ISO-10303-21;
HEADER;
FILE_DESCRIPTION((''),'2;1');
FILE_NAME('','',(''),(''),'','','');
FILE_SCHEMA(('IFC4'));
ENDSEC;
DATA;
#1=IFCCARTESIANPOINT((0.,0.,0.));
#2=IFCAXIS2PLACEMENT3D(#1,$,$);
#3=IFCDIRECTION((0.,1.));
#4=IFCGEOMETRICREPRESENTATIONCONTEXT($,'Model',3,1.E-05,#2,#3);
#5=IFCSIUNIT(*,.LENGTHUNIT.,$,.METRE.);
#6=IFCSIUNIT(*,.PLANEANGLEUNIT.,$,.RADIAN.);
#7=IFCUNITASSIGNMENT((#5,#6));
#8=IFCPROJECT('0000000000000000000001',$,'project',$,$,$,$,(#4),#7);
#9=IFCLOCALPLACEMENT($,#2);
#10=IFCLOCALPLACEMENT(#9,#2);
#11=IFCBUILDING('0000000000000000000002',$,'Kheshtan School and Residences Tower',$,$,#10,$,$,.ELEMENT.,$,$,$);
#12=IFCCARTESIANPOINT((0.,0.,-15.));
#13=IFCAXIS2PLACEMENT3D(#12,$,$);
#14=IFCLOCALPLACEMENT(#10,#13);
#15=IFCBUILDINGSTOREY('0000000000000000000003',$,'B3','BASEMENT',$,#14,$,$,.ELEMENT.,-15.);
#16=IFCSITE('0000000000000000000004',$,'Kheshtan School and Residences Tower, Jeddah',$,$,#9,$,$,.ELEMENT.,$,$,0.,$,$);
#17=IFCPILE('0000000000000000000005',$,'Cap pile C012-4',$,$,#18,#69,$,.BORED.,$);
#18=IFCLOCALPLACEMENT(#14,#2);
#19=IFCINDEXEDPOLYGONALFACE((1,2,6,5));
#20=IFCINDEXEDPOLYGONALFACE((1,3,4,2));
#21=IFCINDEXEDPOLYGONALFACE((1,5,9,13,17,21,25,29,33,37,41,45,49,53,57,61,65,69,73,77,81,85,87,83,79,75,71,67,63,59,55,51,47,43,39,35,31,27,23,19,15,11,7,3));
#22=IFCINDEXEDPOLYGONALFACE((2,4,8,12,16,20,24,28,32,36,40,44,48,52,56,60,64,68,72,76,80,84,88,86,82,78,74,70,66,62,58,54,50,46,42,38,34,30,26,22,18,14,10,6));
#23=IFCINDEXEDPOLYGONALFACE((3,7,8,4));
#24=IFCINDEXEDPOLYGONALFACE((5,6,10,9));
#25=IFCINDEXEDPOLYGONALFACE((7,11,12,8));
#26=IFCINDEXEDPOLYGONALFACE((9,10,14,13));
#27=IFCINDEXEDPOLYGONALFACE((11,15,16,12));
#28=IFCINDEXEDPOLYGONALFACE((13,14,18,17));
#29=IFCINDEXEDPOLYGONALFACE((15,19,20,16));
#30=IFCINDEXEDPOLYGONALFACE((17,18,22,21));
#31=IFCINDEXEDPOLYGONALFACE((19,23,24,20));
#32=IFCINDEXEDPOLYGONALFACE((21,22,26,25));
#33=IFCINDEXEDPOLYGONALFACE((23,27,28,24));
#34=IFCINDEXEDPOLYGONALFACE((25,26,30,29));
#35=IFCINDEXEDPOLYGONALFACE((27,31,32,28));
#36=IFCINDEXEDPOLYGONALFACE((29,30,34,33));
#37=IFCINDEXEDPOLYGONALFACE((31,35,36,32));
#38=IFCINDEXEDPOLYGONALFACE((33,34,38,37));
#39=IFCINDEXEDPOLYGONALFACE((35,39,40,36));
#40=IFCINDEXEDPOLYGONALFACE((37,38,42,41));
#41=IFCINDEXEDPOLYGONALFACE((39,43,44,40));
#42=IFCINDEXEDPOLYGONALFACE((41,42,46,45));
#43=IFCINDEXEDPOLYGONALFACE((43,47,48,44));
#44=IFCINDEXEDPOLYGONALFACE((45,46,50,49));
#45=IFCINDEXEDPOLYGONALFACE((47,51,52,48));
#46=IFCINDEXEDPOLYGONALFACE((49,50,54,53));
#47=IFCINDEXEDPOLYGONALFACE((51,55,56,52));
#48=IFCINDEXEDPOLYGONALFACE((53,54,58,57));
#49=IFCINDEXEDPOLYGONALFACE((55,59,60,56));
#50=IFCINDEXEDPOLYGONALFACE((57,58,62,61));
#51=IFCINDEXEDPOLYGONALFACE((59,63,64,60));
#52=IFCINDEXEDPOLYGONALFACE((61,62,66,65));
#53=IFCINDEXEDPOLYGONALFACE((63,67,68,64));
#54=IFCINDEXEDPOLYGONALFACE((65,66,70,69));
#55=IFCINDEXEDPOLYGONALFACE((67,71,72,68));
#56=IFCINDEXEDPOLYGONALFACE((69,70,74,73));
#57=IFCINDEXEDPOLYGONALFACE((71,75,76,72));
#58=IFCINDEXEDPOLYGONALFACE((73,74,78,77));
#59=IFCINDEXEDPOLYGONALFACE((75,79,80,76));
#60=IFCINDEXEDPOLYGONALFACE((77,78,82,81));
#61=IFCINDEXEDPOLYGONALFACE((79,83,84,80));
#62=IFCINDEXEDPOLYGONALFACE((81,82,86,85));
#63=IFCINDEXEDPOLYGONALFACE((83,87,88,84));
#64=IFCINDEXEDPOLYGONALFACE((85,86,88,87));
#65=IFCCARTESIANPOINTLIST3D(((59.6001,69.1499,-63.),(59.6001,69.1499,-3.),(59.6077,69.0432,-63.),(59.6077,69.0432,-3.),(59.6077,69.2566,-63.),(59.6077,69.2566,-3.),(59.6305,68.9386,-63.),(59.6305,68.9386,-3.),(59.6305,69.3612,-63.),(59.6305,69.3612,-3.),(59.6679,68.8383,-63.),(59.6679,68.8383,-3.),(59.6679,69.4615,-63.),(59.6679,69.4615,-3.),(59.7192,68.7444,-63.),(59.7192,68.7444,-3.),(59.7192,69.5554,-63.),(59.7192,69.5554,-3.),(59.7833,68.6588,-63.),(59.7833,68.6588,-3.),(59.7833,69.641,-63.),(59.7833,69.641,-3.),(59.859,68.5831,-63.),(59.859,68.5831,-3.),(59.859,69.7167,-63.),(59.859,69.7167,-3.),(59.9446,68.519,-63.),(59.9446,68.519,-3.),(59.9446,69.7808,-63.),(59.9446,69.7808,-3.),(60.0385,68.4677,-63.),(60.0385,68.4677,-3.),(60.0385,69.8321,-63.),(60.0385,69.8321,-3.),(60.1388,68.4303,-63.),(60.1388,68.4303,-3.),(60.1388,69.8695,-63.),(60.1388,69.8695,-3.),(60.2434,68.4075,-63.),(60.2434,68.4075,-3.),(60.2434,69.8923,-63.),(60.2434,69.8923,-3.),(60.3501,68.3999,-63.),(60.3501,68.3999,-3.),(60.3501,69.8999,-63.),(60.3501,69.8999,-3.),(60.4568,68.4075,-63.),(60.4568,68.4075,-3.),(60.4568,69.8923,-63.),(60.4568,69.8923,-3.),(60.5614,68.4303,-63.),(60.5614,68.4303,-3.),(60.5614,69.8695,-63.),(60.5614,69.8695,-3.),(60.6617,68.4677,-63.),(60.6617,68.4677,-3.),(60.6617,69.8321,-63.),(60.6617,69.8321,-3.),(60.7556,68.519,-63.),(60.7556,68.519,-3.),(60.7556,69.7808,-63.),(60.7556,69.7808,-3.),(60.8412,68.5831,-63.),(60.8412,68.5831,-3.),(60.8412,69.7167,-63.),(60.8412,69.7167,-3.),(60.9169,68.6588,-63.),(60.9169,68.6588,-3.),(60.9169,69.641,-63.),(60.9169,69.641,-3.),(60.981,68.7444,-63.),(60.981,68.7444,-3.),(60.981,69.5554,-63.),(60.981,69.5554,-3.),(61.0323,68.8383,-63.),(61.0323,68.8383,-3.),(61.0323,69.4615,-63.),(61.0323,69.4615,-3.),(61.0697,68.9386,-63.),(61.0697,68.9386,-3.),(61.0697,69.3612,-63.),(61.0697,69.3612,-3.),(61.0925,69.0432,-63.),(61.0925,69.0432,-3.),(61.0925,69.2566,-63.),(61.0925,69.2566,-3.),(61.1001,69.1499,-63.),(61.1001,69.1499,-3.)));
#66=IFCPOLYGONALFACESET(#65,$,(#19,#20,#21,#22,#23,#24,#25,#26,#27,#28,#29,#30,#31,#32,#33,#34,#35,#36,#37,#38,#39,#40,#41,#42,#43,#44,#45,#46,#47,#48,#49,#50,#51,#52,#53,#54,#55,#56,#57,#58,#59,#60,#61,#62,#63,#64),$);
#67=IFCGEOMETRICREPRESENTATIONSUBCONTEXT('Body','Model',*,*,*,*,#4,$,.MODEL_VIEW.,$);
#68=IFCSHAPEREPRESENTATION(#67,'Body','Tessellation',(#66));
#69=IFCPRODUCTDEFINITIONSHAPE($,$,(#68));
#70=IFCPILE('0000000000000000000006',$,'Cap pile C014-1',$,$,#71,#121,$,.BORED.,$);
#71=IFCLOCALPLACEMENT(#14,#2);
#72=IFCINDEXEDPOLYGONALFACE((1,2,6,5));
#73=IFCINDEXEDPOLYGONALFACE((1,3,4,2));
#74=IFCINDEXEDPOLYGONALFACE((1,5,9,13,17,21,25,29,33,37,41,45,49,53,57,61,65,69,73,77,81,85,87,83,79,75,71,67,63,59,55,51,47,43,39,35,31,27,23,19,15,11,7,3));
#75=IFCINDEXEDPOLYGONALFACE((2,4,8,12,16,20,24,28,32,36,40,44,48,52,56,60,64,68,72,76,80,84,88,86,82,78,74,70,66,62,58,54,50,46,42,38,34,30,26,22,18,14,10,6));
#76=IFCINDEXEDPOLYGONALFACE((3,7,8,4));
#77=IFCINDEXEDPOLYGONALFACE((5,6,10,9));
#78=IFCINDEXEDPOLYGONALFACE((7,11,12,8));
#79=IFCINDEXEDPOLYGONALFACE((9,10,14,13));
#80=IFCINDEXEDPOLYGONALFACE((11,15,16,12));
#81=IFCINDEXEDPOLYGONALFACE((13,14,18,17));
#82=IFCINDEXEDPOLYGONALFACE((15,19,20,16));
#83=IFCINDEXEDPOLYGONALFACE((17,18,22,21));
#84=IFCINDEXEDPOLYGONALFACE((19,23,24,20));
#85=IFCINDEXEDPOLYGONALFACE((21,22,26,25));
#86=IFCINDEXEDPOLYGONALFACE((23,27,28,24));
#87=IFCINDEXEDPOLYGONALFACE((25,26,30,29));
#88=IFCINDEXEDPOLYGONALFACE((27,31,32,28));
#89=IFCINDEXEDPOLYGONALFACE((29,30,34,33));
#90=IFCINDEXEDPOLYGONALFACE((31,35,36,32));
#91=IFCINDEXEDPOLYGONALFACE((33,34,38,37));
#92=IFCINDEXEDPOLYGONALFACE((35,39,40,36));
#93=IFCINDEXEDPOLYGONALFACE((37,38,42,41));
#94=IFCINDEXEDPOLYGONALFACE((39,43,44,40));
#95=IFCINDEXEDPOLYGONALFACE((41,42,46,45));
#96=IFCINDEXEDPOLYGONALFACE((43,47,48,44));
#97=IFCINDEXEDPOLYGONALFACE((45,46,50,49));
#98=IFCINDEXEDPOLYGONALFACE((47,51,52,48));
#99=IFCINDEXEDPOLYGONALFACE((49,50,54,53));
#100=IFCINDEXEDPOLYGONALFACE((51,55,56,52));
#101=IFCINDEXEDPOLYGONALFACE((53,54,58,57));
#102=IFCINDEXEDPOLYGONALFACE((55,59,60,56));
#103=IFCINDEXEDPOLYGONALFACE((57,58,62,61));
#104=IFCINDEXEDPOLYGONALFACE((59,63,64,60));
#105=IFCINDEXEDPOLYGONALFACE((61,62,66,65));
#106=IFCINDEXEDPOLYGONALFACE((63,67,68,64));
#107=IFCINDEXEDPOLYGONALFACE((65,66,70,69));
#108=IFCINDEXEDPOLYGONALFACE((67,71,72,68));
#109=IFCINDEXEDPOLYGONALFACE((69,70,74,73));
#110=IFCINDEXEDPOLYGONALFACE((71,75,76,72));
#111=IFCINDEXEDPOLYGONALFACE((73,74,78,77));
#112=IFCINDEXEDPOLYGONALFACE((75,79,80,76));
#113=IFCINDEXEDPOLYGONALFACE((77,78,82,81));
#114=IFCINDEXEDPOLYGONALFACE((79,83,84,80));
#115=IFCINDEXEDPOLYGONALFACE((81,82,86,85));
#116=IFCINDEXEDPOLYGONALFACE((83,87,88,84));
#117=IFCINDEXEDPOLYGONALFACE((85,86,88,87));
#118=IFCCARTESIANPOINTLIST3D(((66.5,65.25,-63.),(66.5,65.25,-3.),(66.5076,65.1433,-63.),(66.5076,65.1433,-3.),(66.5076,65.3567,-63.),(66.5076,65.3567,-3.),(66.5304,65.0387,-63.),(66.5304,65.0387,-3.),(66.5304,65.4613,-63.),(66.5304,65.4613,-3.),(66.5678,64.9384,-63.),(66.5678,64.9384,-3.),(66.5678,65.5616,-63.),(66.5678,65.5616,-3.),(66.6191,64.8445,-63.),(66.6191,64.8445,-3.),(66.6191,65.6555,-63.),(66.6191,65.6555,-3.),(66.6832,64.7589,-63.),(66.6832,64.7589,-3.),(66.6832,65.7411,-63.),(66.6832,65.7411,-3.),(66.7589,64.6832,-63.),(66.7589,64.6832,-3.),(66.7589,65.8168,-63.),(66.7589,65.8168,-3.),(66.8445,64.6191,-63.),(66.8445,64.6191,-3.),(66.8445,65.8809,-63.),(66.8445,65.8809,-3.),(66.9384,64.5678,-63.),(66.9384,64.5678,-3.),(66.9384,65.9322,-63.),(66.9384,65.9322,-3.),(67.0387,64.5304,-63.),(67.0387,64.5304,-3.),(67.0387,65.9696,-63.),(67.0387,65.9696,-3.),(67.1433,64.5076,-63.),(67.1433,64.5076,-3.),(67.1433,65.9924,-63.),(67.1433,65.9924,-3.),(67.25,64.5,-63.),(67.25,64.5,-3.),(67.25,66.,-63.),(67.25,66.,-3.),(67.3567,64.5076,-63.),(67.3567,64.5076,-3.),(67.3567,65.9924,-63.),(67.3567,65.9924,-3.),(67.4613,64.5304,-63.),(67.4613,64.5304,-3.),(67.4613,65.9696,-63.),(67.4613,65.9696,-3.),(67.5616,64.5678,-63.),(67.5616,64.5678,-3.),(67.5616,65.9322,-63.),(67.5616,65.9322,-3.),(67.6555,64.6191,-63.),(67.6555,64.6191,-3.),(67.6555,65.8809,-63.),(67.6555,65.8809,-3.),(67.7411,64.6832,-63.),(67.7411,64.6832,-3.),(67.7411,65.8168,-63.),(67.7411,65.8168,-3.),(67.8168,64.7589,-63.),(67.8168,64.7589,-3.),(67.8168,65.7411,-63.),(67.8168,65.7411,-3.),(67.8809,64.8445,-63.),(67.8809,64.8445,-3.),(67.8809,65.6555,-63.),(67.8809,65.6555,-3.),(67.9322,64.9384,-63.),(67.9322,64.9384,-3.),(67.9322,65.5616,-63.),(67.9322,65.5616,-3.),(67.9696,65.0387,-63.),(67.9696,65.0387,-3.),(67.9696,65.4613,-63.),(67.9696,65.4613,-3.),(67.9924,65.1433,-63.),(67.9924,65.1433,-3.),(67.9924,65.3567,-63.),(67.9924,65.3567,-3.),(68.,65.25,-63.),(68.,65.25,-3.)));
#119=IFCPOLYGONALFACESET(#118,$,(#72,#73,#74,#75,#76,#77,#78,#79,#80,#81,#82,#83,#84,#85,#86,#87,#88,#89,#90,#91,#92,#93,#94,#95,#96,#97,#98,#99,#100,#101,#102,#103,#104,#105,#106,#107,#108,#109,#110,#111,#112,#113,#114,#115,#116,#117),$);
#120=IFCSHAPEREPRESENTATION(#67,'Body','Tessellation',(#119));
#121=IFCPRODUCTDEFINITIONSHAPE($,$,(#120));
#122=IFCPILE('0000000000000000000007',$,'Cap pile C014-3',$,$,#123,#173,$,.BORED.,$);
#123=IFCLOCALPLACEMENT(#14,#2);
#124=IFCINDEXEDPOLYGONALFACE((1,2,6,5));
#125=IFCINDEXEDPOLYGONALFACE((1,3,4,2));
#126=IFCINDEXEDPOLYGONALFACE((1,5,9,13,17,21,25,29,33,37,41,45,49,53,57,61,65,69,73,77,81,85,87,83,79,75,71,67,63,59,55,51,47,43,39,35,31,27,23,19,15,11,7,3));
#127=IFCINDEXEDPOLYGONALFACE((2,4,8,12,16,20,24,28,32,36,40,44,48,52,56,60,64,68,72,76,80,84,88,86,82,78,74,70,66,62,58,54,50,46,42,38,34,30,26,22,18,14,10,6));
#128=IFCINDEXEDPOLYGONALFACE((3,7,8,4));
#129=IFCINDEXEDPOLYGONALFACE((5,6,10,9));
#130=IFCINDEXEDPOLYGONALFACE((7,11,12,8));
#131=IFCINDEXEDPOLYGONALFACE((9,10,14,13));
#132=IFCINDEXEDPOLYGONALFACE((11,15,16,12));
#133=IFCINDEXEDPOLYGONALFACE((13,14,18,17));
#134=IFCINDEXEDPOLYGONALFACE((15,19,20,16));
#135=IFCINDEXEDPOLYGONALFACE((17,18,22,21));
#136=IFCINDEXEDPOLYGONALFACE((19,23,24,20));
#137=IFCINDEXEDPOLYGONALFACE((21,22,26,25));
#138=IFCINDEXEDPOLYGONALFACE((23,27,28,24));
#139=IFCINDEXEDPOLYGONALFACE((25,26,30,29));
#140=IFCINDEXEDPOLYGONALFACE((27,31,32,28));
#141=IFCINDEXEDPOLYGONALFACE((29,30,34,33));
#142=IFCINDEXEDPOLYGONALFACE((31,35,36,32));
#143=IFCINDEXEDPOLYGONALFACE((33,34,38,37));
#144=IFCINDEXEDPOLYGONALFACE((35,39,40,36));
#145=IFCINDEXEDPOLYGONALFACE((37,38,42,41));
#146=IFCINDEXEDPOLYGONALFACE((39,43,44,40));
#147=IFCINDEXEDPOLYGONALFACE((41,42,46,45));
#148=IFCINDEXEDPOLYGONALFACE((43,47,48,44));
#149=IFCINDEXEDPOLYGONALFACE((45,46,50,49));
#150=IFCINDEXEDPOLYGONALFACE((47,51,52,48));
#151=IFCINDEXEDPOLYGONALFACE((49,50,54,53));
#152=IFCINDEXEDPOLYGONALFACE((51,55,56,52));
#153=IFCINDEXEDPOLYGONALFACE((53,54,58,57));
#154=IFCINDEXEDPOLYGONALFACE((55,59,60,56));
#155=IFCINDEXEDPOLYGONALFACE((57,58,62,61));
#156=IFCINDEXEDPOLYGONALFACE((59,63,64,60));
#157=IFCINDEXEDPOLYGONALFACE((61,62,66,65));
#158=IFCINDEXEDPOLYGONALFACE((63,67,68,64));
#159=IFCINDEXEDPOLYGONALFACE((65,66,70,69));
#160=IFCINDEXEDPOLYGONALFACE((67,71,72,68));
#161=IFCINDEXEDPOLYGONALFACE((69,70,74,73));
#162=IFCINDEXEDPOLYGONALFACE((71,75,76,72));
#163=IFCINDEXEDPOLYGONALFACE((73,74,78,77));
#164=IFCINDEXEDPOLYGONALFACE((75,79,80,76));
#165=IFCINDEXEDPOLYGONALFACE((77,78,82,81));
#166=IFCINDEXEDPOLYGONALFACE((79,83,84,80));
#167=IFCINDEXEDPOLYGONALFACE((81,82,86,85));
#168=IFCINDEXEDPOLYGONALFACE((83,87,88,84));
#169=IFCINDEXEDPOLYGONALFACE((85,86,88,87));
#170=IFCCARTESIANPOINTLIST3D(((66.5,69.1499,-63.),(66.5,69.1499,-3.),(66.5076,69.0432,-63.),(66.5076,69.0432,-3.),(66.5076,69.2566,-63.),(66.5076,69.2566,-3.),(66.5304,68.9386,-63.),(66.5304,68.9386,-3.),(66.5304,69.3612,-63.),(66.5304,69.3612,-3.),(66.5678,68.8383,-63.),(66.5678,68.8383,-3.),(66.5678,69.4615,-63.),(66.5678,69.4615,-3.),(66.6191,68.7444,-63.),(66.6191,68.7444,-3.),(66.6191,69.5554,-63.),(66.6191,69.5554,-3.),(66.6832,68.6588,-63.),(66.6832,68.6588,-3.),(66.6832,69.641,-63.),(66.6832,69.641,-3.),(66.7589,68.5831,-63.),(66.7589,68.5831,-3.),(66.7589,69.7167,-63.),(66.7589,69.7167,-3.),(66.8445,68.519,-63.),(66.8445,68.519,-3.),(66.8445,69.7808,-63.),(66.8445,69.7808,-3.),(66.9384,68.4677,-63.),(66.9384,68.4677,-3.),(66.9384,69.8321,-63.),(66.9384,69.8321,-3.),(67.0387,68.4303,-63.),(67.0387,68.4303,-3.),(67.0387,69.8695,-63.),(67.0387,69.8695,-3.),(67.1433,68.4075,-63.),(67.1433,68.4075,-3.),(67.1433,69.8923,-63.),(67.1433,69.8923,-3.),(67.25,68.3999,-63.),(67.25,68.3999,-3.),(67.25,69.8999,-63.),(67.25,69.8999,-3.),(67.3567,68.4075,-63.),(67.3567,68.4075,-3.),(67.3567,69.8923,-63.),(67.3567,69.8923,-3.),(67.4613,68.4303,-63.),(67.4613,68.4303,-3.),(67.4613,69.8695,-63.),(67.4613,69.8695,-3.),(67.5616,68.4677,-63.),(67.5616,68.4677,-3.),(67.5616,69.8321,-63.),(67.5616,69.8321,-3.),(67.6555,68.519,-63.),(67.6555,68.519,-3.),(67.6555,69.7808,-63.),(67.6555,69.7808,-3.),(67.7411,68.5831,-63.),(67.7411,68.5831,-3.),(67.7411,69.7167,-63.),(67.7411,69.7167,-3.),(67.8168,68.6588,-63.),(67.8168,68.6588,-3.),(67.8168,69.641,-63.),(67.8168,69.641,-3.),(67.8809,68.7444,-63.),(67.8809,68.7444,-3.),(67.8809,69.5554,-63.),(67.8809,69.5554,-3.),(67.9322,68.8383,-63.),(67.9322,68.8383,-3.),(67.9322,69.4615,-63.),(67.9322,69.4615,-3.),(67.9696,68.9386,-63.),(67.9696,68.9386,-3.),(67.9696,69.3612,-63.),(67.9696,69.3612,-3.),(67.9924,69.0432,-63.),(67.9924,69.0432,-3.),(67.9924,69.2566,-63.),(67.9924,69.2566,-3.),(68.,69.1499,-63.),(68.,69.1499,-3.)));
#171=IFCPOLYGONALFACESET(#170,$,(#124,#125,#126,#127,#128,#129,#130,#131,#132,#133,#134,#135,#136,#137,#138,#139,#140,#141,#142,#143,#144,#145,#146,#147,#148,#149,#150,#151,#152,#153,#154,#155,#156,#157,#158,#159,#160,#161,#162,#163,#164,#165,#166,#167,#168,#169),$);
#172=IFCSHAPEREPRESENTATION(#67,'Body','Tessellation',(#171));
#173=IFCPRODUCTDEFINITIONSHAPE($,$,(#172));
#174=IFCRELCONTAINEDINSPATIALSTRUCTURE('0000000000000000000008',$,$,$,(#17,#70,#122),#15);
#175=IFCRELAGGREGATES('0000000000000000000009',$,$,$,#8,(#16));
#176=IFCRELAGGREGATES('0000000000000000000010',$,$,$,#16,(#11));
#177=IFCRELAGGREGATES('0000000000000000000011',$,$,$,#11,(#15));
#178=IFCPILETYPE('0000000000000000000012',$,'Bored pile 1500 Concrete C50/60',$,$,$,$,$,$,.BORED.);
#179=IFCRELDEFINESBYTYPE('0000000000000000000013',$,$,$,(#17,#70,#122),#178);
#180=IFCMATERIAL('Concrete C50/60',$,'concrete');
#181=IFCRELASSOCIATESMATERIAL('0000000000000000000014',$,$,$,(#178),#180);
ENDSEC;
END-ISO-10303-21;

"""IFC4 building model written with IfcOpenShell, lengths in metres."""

from ifc_helpers import new_model, si_unit, direction, frame, origin, origin_2d, place, context, subcontext, project, spatial, circle, extrude, material, material_profile, profile_set, type_object, element, save


model = new_model("IFC4")

# Units and contexts
model_context = context("Model", 3, precision=1e-05, world=origin(), true_north=direction((0.0, 1.0)))
body_context = subcontext(model_context, "Body", "Model", "MODEL_VIEW")
ifc_project = project(units=[si_unit("LENGTHUNIT", "METRE"), si_unit("PLANEANGLEUNIT", "RADIAN")], contexts=[model_context])

# Site, building, storey
site_placement = place(None, origin())
site = spatial("IfcSite", under=ifc_project, at=site_placement, Name="Kheshtan School and Residences Tower, Jeddah", CompositionType="ELEMENT", RefElevation=0.0)
building_placement = place(site_placement, origin())
building = spatial("IfcBuilding", under=site, at=building_placement, Name="Kheshtan School and Residences Tower", CompositionType="ELEMENT")
storey_placement = place(building_placement, frame((0.0, 0.0, -15.0)))
storey = spatial("IfcBuildingStorey", under=building, at=storey_placement, Name="B3", Description="BASEMENT", CompositionType="ELEMENT", Elevation=-15.0)

# Piles
ifc_material_1 = material(Name="Concrete C50/60", Category="concrete")
ifc_material_profile_1 = material_profile(ifc_material_1, circle(Radius=0.75, at=origin_2d()), Name="BP 1500")
ifc_profile_set_1 = profile_set([ifc_material_profile_1], Name="Concrete C50/60")
pile_type = type_object("IfcPileType", Name="Bored pile 1500 Concrete C50/60", PredefinedType="BORED", material=ifc_profile_set_1)
for number, where, z_axis, x_axis, name in (
    (1, (60.3501, 69.1499, -3.0), (0.0, 0.0, -1.0), (1.0, 0.0, 0.0), "Cap pile C012-4"),
    (2, (67.25, 65.25, -3.0), (0.0, 0.0, -1.0), (1.0, 0.0, 0.0), "Cap pile C014-1"),
    (3, (67.25, 69.1499, -3.0), (0.0, 0.0, -1.0), (1.0, 0.0, 0.0), "Cap pile C014-3"),
):
    element("IfcPile", number, at=place(storey_placement, frame(where, z_axis=z_axis, x_axis=x_axis)), inside=storey, type_object=pile_type, Name=name, PredefinedType="BORED", context=body_context, shape_type="SweptSolid", body=[
        extrude(circle(Radius=0.75, at=origin_2d()), origin(), (0.0, 0.0, 1.0), 60.0),
    ])

save(model, "model.ifc")
